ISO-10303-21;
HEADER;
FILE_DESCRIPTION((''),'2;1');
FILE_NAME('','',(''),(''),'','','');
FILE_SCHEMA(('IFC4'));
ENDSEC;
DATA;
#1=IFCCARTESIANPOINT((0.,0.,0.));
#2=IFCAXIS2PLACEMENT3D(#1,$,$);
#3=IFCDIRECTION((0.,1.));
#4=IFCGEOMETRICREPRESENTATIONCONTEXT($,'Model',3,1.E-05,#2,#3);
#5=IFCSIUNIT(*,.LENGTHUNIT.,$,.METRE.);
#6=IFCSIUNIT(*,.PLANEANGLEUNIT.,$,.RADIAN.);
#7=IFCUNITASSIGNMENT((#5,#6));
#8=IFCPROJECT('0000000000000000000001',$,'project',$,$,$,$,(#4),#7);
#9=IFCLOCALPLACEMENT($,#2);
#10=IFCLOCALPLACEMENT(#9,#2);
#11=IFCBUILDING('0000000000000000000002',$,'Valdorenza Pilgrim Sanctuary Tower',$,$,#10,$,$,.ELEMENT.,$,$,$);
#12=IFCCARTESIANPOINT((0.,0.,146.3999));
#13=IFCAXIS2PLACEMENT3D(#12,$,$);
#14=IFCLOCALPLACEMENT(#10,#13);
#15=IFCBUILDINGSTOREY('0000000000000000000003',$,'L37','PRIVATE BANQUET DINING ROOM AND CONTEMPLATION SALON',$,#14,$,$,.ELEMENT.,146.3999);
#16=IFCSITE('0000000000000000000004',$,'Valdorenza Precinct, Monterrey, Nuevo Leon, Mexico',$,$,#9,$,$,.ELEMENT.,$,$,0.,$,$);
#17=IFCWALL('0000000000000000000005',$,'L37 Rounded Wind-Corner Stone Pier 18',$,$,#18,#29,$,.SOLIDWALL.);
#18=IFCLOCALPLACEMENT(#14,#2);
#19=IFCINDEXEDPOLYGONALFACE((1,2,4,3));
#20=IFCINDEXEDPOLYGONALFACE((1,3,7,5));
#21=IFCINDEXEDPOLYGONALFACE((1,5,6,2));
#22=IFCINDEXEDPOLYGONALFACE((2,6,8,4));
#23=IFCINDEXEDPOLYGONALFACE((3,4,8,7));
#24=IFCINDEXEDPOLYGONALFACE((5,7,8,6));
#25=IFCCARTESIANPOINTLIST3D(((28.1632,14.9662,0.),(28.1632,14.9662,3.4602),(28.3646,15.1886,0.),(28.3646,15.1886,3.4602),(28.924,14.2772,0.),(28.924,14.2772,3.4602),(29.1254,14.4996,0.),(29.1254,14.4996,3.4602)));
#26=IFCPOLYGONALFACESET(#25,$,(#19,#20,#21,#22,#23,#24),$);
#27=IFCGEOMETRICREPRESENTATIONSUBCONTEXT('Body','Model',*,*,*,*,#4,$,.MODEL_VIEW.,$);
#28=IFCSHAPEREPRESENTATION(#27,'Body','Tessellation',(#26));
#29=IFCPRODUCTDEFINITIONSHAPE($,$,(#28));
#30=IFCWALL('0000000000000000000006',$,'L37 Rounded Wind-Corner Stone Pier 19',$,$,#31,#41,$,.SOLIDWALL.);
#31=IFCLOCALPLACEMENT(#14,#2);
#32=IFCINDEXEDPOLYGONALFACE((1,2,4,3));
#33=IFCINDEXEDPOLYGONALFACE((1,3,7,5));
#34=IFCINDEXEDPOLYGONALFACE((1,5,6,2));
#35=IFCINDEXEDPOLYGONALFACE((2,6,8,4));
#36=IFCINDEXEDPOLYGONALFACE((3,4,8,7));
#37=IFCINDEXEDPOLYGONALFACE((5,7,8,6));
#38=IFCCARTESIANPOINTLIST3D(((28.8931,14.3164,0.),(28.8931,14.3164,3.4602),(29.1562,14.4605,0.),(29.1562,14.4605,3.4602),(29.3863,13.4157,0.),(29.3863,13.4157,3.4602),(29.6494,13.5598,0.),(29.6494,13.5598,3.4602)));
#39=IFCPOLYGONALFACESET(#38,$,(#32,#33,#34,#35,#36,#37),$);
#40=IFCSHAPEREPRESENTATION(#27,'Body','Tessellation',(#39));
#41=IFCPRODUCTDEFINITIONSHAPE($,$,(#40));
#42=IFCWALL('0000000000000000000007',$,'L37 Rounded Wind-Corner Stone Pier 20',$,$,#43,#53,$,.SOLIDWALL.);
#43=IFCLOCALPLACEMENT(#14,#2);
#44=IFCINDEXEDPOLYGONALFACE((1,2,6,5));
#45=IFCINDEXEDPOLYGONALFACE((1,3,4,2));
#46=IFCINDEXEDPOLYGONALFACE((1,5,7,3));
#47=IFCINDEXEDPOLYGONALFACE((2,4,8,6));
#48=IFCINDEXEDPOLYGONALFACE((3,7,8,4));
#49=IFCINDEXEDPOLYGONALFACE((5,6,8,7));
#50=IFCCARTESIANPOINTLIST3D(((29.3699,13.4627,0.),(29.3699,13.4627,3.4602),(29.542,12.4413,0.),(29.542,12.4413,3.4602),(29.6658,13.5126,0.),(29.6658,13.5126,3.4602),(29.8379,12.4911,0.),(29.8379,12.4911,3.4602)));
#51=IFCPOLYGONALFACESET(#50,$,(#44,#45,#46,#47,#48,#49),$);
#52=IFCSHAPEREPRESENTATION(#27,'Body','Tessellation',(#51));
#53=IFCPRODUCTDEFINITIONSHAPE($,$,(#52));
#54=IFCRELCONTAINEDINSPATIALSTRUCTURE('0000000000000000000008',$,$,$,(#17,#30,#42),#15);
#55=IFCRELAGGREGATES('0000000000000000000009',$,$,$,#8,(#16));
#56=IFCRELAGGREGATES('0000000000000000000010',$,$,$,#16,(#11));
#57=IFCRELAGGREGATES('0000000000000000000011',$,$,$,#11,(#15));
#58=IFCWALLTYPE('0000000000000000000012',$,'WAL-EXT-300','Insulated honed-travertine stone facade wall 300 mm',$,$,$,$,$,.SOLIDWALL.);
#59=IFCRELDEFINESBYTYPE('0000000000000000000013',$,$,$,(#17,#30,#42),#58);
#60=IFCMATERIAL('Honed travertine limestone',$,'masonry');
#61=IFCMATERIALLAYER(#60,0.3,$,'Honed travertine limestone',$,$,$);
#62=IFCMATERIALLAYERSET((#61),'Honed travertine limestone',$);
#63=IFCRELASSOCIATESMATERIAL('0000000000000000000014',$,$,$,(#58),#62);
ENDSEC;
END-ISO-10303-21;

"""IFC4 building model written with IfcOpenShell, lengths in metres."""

from ifc_helpers import new_model, si_unit, direction, frame, frame_2d, origin, place, context, subcontext, project, spatial, rectangle, extrude, material, layer, layer_set, type_object, element, save


model = new_model("IFC4")

# Units and contexts
model_context = context("Model", 3, precision=1e-05, world=origin(), true_north=direction((0.0, 1.0)))
body_context = subcontext(model_context, "Body", "Model", "MODEL_VIEW")
ifc_project = project(units=[si_unit("LENGTHUNIT", "METRE"), si_unit("PLANEANGLEUNIT", "RADIAN")], contexts=[model_context])

# Site, building, storey
site_placement = place(None, origin())
site = spatial("IfcSite", under=ifc_project, at=site_placement, Name="Valdorenza Precinct, Monterrey, Nuevo Leon, Mexico", CompositionType="ELEMENT", RefElevation=0.0)
building_placement = place(site_placement, origin())
building = spatial("IfcBuilding", under=site, at=building_placement, Name="Valdorenza Pilgrim Sanctuary Tower", CompositionType="ELEMENT")
storey_placement = place(building_placement, frame((0.0, 0.0, 146.3999)))
storey = spatial("IfcBuildingStorey", under=building, at=storey_placement, Name="L37", Description="PRIVATE BANQUET DINING ROOM AND CONTEMPLATION SALON", CompositionType="ELEMENT", Elevation=146.3999)

# Shared definitions
ifc_material_1 = material(Name="Honed travertine limestone", Category="masonry")

# Walls
ifc_layer_1 = layer(ifc_material_1, 0.3, Name="Honed travertine limestone")
ifc_layer_set_1 = layer_set([ifc_layer_1], Name="Honed travertine limestone")
wall_type_1 = type_object("IfcWallType", Name="WAL-EXT-300", Description="Insulated honed-travertine stone facade wall 300 mm", PredefinedType="SOLIDWALL", material=ifc_layer_set_1)
wall_1_placement = place(storey_placement, frame((28.2639, 15.0774, 0.0), z_axis=(0.0, 0.0, 1.0), x_axis=(0.741209, -0.671275, 0.0)))
element("IfcWall", 1, at=wall_1_placement, inside=storey, type_object=wall_type_1, Name="L37 Rounded Wind-Corner Stone Pier 18", PredefinedType="SOLIDWALL", context=body_context, shape_type="SweptSolid", body=[
    extrude(rectangle(XDim=1.0264, YDim=0.3, at=frame_2d((0.5132, 0.0))), origin(), (0.0, 0.0, 1.0), 3.4602),
])
wall_2_placement = place(storey_placement, frame((29.0247, 14.3884, 0.0), z_axis=(0.0, 0.0, 1.0), x_axis=(0.480284, -0.877113, 0.0)))
element("IfcWall", 2, at=wall_2_placement, inside=storey, type_object=wall_type_1, Name="L37 Rounded Wind-Corner Stone Pier 19", PredefinedType="SOLIDWALL", context=body_context, shape_type="SweptSolid", body=[
    extrude(rectangle(XDim=1.0269, YDim=0.3, at=frame_2d((0.5134, 0.0))), origin(), (0.0, 0.0, 1.0), 3.4602),
])
wall_3_placement = place(storey_placement, frame((29.5178, 13.4878, 0.0), z_axis=(0.0, 0.0, 1.0), x_axis=(0.166157, -0.986099, 0.0)))
element("IfcWall", 3, at=wall_3_placement, inside=storey, type_object=wall_type_1, Name="L37 Rounded Wind-Corner Stone Pier 20", PredefinedType="SOLIDWALL", context=body_context, shape_type="SweptSolid", body=[
    extrude(rectangle(XDim=1.0359, YDim=0.3, at=frame_2d((0.5181, 0.0))), origin(), (0.0, 0.0, 1.0), 3.4602),
])

save(model, "model.ifc")
